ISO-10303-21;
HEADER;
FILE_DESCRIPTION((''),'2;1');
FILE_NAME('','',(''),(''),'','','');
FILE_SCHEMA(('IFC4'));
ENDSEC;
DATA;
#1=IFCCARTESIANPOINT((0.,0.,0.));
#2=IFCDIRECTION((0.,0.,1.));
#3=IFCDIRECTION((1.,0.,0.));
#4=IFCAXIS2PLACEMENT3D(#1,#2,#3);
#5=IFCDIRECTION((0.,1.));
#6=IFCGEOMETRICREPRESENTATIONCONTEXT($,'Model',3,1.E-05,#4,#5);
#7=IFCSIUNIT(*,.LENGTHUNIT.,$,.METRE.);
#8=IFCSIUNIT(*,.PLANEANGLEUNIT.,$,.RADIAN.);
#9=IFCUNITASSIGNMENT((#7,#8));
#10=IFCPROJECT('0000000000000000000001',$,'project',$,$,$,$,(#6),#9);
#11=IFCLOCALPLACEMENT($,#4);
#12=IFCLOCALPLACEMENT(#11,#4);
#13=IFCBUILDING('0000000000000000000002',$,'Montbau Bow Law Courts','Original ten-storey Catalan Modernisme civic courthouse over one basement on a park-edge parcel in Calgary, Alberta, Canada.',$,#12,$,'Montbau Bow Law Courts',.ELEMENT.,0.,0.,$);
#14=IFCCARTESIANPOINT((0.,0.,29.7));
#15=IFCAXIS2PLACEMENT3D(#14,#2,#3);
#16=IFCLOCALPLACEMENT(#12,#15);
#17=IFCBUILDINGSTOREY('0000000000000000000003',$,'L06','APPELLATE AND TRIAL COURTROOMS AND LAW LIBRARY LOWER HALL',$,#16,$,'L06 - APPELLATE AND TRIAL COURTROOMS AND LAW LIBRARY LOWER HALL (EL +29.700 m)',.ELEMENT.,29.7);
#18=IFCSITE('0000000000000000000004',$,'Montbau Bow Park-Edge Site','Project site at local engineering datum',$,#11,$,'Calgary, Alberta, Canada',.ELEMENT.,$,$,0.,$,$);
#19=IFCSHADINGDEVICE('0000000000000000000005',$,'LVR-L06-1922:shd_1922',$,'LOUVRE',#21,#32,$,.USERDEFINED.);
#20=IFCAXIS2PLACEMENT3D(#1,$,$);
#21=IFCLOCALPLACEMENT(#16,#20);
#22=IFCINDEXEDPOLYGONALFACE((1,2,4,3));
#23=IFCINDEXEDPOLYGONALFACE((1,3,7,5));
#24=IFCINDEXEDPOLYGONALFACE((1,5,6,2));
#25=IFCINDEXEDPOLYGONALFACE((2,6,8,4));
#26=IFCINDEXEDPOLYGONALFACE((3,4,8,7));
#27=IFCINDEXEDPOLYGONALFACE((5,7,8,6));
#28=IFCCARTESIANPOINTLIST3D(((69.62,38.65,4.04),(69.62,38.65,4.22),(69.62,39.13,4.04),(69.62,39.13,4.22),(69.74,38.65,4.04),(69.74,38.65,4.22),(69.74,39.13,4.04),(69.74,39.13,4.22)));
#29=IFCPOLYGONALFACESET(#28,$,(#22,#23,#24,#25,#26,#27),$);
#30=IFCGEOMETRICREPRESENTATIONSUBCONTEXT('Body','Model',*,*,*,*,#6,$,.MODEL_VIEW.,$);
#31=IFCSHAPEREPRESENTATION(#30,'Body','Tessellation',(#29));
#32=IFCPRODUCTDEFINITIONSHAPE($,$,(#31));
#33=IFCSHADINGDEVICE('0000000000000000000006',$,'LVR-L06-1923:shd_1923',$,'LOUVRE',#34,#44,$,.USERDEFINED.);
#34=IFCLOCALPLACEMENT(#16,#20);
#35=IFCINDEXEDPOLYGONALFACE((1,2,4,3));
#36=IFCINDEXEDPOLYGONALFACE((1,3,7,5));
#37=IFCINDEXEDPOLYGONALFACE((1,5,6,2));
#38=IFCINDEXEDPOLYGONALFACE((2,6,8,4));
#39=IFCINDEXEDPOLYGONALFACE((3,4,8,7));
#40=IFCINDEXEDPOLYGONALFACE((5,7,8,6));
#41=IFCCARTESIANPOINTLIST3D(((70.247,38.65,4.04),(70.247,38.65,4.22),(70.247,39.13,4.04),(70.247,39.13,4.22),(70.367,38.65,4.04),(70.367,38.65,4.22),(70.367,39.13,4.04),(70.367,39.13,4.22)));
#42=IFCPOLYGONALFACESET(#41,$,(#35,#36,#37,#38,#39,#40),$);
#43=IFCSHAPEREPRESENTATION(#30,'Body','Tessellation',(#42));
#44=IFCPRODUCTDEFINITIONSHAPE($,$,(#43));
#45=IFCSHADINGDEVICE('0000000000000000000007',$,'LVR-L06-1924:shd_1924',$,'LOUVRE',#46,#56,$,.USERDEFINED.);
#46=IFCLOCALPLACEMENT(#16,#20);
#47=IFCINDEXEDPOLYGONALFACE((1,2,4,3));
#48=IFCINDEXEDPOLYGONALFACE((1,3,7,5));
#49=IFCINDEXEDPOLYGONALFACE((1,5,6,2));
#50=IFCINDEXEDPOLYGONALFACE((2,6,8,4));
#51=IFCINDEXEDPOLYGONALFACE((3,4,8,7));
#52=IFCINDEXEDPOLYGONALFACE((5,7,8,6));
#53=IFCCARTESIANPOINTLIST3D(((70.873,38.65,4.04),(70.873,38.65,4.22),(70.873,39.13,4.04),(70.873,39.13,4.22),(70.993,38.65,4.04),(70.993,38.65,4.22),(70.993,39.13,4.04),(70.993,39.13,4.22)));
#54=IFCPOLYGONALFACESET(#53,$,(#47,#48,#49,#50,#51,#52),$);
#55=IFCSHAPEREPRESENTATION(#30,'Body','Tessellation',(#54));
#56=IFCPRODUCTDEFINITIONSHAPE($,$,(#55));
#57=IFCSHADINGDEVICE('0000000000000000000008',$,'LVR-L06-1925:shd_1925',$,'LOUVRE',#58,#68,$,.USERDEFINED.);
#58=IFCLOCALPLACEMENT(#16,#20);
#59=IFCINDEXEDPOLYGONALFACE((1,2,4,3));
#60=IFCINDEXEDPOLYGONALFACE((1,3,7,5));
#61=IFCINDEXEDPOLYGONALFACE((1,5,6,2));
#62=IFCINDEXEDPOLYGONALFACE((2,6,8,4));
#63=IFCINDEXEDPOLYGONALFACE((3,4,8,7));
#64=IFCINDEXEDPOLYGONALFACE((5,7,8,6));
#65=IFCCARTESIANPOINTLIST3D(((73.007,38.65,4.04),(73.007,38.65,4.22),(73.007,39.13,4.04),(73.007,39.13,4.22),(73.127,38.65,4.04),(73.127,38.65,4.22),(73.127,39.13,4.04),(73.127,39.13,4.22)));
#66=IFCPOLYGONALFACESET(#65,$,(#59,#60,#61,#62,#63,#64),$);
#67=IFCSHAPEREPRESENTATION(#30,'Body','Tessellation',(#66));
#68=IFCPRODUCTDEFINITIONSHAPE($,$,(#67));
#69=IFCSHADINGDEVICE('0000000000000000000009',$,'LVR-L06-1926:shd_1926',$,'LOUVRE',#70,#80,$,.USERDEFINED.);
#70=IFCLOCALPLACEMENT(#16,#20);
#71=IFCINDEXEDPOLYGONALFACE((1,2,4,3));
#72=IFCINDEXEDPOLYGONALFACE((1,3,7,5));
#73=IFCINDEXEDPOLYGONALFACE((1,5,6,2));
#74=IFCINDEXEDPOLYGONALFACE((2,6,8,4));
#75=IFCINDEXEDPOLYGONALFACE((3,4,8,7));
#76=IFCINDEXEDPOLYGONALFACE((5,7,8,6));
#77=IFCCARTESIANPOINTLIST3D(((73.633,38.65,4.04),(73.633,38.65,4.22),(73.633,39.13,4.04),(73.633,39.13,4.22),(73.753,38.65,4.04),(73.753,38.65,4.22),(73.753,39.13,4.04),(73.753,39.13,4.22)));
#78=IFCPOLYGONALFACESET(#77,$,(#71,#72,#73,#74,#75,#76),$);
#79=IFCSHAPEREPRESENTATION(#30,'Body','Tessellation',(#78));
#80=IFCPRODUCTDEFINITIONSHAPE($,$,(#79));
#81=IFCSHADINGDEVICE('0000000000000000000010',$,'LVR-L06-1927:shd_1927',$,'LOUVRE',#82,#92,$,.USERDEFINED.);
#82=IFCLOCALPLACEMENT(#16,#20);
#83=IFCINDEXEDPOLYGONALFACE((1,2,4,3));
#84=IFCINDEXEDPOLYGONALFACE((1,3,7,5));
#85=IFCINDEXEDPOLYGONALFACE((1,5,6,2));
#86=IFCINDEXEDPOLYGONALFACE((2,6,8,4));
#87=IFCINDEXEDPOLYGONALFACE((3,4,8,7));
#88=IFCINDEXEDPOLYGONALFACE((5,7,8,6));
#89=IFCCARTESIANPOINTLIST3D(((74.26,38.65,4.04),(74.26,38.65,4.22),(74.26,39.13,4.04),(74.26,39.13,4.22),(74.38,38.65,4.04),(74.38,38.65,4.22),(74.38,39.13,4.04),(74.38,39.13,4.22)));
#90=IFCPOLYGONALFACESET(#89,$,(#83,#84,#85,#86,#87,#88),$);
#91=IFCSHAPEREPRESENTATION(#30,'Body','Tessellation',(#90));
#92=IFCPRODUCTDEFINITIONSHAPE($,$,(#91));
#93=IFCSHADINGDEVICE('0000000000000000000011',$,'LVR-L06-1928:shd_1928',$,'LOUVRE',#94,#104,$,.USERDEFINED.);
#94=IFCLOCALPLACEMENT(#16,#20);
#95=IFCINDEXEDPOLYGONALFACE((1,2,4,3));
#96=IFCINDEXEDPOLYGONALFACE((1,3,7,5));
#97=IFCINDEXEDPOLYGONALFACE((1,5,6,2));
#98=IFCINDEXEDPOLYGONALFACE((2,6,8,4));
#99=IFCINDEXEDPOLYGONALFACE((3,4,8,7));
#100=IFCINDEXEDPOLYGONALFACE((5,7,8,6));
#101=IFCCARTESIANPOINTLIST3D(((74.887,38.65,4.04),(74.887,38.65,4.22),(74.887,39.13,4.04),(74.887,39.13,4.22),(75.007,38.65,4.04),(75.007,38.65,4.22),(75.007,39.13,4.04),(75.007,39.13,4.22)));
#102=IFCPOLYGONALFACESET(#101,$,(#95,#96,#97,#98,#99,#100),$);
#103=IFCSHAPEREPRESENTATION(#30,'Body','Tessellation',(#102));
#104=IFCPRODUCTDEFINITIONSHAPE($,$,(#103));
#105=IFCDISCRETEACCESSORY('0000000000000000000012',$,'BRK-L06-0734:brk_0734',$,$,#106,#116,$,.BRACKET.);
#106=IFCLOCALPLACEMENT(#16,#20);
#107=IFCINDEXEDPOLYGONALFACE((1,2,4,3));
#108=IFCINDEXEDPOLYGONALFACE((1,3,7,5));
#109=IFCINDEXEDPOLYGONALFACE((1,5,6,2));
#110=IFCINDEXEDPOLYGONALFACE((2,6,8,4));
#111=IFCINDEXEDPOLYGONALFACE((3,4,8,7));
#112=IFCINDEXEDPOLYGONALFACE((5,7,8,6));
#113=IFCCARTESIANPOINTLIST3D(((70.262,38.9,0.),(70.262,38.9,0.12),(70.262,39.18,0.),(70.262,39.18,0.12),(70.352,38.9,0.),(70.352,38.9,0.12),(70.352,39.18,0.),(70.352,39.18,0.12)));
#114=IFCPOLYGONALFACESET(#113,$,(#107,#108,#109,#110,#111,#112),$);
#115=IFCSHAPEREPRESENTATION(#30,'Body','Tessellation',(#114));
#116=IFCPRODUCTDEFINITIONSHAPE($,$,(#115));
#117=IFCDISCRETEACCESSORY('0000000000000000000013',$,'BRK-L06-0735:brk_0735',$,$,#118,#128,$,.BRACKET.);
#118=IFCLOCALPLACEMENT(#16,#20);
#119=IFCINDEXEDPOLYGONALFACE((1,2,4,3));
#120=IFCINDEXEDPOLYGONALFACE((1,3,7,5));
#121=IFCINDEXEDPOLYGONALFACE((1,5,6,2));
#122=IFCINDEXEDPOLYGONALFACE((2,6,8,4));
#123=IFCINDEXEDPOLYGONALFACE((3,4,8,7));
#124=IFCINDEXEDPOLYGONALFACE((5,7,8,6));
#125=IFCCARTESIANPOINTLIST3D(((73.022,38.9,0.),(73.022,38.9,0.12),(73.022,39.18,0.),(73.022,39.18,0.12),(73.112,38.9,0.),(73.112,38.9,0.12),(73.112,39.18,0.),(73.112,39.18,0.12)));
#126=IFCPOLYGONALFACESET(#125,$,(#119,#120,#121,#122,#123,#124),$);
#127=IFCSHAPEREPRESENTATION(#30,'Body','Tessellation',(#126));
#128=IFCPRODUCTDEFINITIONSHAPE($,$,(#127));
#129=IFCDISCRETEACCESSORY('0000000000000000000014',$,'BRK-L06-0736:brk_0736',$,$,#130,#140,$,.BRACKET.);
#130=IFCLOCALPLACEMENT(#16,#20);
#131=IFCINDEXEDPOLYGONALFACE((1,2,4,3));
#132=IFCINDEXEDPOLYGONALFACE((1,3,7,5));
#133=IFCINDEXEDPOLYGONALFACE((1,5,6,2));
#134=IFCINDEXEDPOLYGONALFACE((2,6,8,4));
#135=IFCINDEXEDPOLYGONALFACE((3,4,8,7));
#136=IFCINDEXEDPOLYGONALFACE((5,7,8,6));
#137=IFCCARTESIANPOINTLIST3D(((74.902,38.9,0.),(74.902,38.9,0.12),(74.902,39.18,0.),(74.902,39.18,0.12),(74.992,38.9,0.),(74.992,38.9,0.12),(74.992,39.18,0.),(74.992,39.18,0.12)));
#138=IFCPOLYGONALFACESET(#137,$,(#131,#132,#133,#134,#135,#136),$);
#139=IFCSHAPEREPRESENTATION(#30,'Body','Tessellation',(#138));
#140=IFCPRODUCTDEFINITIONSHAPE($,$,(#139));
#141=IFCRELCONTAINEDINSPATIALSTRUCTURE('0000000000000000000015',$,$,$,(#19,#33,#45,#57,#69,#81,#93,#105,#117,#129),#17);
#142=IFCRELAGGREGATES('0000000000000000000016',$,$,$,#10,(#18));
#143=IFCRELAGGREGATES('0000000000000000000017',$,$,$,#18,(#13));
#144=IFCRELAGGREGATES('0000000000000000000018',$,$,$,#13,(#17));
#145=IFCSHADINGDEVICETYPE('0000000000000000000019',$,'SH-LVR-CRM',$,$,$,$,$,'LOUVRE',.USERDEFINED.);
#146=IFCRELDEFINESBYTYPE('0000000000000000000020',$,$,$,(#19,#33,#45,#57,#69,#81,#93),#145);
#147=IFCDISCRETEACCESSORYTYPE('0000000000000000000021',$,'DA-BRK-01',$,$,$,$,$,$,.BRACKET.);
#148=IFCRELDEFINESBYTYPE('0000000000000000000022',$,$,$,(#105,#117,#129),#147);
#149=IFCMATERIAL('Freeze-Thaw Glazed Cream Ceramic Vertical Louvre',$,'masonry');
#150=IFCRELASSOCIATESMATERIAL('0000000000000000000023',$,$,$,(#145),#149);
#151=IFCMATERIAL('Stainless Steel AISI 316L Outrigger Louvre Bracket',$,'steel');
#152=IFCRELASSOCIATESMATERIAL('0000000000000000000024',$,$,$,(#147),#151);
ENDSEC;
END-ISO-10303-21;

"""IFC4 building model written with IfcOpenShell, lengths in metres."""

from ifc_helpers import new_model, si_unit, direction, frame, origin_with_axes, origin_2d_with_axis, place, context, subcontext, project, spatial, rectangle, extrude, material, type_object, element, save


model = new_model("IFC4")

# Units and contexts
model_context = context("Model", 3, precision=1e-05, world=origin_with_axes(), true_north=direction((0.0, 1.0)))
body_context = subcontext(model_context, "Body", "Model", "MODEL_VIEW")
ifc_project = project(units=[si_unit("LENGTHUNIT", "METRE"), si_unit("PLANEANGLEUNIT", "RADIAN")], contexts=[model_context])

# Site, building, storey
site_placement = place(None, origin_with_axes())
site = spatial("IfcSite", under=ifc_project, at=site_placement, Name="Montbau Bow Park-Edge Site", Description="Project site at local engineering datum", LongName="Calgary, Alberta, Canada", CompositionType="ELEMENT", RefElevation=0.0)
building_placement = place(site_placement, origin_with_axes())
building = spatial("IfcBuilding", under=site, at=building_placement, Name="Montbau Bow Law Courts", Description="Original ten-storey Catalan Modernisme civic courthouse over one basement on a park-edge parcel in Calgary, Alberta, Canada.", LongName="Montbau Bow Law Courts", CompositionType="ELEMENT", ElevationOfRefHeight=0.0, ElevationOfTerrain=0.0)
storey_placement = place(building_placement, frame((0.0, 0.0, 29.7), z_axis=(0.0, 0.0, 1.0), x_axis=(1.0, 0.0, 0.0)))
storey = spatial("IfcBuildingStorey", under=building, at=storey_placement, Name="L06", Description="APPELLATE AND TRIAL COURTROOMS AND LAW LIBRARY LOWER HALL", LongName="L06 - APPELLATE AND TRIAL COURTROOMS AND LAW LIBRARY LOWER HALL (EL +29.700 m)", CompositionType="ELEMENT", Elevation=29.7)

# Shading devices
ifc_material_1 = material(Name="Freeze-Thaw Glazed Cream Ceramic Vertical Louvre", Category="masonry")
shading_device_type = type_object("IfcShadingDeviceType", Name="SH-LVR-CRM", ElementType="LOUVRE", PredefinedType="USERDEFINED", material=ifc_material_1)
for number, where, z_axis, x_axis, name in (
    (1, (69.68, 38.89, 33.74), (0.0, 0.0, 1.0), (0.0, -1.0, 0.0), "LVR-L06-1922:shd_1922"),
    (2, (70.307, 38.89, 33.74), (0.0, 0.0, 1.0), (0.0, -1.0, 0.0), "LVR-L06-1923:shd_1923"),
    (3, (70.933, 38.89, 33.74), (0.0, 0.0, 1.0), (0.0, -1.0, 0.0), "LVR-L06-1924:shd_1924"),
    (4, (73.067, 38.89, 33.74), (0.0, 0.0, 1.0), (0.0, -1.0, 0.0), "LVR-L06-1925:shd_1925"),
    (5, (73.693, 38.89, 33.74), (0.0, 0.0, 1.0), (0.0, -1.0, 0.0), "LVR-L06-1926:shd_1926"),
    (6, (74.32, 38.89, 33.74), (0.0, 0.0, 1.0), (0.0, -1.0, 0.0), "LVR-L06-1927:shd_1927"),
    (7, (74.947, 38.89, 33.74), (0.0, 0.0, 1.0), (0.0, -1.0, 0.0), "LVR-L06-1928:shd_1928"),
):
    element("IfcShadingDevice", number, at=place(None, frame(where, z_axis=z_axis, x_axis=x_axis)), inside=storey, type_object=shading_device_type, Name=name, ObjectType="LOUVRE", PredefinedType="USERDEFINED", context=body_context, shape_type="SweptSolid", body=[
        extrude(rectangle(XDim=0.48, YDim=0.12, at=origin_2d_with_axis()), origin_with_axes(), (0.0, 0.0, 1.0), 0.18),
    ])

# Discrete accessories
ifc_material_2 = material(Name="Stainless Steel AISI 316L Outrigger Louvre Bracket", Category="steel")
discrete_accessory_type = type_object("IfcDiscreteAccessoryType", Name="DA-BRK-01", PredefinedType="BRACKET", material=ifc_material_2)
for number, where, z_axis, x_axis, name in (
    (8, (70.307, 39.04, 29.7), (0.0, 0.0, 1.0), (0.0, -1.0, 0.0), "BRK-L06-0734:brk_0734"),
    (9, (73.067, 39.04, 29.7), (0.0, 0.0, 1.0), (0.0, -1.0, 0.0), "BRK-L06-0735:brk_0735"),
    (10, (74.947, 39.04, 29.7), (0.0, 0.0, 1.0), (0.0, -1.0, 0.0), "BRK-L06-0736:brk_0736"),
):
    element("IfcDiscreteAccessory", number, at=place(None, frame(where, z_axis=z_axis, x_axis=x_axis)), inside=storey, type_object=discrete_accessory_type, Name=name, PredefinedType="BRACKET", context=body_context, shape_type="SweptSolid", body=[
        extrude(rectangle(XDim=0.28, YDim=0.09, at=origin_2d_with_axis()), origin_with_axes(), (0.0, 0.0, 1.0), 0.12),
    ])

save(model, "model.ifc")
